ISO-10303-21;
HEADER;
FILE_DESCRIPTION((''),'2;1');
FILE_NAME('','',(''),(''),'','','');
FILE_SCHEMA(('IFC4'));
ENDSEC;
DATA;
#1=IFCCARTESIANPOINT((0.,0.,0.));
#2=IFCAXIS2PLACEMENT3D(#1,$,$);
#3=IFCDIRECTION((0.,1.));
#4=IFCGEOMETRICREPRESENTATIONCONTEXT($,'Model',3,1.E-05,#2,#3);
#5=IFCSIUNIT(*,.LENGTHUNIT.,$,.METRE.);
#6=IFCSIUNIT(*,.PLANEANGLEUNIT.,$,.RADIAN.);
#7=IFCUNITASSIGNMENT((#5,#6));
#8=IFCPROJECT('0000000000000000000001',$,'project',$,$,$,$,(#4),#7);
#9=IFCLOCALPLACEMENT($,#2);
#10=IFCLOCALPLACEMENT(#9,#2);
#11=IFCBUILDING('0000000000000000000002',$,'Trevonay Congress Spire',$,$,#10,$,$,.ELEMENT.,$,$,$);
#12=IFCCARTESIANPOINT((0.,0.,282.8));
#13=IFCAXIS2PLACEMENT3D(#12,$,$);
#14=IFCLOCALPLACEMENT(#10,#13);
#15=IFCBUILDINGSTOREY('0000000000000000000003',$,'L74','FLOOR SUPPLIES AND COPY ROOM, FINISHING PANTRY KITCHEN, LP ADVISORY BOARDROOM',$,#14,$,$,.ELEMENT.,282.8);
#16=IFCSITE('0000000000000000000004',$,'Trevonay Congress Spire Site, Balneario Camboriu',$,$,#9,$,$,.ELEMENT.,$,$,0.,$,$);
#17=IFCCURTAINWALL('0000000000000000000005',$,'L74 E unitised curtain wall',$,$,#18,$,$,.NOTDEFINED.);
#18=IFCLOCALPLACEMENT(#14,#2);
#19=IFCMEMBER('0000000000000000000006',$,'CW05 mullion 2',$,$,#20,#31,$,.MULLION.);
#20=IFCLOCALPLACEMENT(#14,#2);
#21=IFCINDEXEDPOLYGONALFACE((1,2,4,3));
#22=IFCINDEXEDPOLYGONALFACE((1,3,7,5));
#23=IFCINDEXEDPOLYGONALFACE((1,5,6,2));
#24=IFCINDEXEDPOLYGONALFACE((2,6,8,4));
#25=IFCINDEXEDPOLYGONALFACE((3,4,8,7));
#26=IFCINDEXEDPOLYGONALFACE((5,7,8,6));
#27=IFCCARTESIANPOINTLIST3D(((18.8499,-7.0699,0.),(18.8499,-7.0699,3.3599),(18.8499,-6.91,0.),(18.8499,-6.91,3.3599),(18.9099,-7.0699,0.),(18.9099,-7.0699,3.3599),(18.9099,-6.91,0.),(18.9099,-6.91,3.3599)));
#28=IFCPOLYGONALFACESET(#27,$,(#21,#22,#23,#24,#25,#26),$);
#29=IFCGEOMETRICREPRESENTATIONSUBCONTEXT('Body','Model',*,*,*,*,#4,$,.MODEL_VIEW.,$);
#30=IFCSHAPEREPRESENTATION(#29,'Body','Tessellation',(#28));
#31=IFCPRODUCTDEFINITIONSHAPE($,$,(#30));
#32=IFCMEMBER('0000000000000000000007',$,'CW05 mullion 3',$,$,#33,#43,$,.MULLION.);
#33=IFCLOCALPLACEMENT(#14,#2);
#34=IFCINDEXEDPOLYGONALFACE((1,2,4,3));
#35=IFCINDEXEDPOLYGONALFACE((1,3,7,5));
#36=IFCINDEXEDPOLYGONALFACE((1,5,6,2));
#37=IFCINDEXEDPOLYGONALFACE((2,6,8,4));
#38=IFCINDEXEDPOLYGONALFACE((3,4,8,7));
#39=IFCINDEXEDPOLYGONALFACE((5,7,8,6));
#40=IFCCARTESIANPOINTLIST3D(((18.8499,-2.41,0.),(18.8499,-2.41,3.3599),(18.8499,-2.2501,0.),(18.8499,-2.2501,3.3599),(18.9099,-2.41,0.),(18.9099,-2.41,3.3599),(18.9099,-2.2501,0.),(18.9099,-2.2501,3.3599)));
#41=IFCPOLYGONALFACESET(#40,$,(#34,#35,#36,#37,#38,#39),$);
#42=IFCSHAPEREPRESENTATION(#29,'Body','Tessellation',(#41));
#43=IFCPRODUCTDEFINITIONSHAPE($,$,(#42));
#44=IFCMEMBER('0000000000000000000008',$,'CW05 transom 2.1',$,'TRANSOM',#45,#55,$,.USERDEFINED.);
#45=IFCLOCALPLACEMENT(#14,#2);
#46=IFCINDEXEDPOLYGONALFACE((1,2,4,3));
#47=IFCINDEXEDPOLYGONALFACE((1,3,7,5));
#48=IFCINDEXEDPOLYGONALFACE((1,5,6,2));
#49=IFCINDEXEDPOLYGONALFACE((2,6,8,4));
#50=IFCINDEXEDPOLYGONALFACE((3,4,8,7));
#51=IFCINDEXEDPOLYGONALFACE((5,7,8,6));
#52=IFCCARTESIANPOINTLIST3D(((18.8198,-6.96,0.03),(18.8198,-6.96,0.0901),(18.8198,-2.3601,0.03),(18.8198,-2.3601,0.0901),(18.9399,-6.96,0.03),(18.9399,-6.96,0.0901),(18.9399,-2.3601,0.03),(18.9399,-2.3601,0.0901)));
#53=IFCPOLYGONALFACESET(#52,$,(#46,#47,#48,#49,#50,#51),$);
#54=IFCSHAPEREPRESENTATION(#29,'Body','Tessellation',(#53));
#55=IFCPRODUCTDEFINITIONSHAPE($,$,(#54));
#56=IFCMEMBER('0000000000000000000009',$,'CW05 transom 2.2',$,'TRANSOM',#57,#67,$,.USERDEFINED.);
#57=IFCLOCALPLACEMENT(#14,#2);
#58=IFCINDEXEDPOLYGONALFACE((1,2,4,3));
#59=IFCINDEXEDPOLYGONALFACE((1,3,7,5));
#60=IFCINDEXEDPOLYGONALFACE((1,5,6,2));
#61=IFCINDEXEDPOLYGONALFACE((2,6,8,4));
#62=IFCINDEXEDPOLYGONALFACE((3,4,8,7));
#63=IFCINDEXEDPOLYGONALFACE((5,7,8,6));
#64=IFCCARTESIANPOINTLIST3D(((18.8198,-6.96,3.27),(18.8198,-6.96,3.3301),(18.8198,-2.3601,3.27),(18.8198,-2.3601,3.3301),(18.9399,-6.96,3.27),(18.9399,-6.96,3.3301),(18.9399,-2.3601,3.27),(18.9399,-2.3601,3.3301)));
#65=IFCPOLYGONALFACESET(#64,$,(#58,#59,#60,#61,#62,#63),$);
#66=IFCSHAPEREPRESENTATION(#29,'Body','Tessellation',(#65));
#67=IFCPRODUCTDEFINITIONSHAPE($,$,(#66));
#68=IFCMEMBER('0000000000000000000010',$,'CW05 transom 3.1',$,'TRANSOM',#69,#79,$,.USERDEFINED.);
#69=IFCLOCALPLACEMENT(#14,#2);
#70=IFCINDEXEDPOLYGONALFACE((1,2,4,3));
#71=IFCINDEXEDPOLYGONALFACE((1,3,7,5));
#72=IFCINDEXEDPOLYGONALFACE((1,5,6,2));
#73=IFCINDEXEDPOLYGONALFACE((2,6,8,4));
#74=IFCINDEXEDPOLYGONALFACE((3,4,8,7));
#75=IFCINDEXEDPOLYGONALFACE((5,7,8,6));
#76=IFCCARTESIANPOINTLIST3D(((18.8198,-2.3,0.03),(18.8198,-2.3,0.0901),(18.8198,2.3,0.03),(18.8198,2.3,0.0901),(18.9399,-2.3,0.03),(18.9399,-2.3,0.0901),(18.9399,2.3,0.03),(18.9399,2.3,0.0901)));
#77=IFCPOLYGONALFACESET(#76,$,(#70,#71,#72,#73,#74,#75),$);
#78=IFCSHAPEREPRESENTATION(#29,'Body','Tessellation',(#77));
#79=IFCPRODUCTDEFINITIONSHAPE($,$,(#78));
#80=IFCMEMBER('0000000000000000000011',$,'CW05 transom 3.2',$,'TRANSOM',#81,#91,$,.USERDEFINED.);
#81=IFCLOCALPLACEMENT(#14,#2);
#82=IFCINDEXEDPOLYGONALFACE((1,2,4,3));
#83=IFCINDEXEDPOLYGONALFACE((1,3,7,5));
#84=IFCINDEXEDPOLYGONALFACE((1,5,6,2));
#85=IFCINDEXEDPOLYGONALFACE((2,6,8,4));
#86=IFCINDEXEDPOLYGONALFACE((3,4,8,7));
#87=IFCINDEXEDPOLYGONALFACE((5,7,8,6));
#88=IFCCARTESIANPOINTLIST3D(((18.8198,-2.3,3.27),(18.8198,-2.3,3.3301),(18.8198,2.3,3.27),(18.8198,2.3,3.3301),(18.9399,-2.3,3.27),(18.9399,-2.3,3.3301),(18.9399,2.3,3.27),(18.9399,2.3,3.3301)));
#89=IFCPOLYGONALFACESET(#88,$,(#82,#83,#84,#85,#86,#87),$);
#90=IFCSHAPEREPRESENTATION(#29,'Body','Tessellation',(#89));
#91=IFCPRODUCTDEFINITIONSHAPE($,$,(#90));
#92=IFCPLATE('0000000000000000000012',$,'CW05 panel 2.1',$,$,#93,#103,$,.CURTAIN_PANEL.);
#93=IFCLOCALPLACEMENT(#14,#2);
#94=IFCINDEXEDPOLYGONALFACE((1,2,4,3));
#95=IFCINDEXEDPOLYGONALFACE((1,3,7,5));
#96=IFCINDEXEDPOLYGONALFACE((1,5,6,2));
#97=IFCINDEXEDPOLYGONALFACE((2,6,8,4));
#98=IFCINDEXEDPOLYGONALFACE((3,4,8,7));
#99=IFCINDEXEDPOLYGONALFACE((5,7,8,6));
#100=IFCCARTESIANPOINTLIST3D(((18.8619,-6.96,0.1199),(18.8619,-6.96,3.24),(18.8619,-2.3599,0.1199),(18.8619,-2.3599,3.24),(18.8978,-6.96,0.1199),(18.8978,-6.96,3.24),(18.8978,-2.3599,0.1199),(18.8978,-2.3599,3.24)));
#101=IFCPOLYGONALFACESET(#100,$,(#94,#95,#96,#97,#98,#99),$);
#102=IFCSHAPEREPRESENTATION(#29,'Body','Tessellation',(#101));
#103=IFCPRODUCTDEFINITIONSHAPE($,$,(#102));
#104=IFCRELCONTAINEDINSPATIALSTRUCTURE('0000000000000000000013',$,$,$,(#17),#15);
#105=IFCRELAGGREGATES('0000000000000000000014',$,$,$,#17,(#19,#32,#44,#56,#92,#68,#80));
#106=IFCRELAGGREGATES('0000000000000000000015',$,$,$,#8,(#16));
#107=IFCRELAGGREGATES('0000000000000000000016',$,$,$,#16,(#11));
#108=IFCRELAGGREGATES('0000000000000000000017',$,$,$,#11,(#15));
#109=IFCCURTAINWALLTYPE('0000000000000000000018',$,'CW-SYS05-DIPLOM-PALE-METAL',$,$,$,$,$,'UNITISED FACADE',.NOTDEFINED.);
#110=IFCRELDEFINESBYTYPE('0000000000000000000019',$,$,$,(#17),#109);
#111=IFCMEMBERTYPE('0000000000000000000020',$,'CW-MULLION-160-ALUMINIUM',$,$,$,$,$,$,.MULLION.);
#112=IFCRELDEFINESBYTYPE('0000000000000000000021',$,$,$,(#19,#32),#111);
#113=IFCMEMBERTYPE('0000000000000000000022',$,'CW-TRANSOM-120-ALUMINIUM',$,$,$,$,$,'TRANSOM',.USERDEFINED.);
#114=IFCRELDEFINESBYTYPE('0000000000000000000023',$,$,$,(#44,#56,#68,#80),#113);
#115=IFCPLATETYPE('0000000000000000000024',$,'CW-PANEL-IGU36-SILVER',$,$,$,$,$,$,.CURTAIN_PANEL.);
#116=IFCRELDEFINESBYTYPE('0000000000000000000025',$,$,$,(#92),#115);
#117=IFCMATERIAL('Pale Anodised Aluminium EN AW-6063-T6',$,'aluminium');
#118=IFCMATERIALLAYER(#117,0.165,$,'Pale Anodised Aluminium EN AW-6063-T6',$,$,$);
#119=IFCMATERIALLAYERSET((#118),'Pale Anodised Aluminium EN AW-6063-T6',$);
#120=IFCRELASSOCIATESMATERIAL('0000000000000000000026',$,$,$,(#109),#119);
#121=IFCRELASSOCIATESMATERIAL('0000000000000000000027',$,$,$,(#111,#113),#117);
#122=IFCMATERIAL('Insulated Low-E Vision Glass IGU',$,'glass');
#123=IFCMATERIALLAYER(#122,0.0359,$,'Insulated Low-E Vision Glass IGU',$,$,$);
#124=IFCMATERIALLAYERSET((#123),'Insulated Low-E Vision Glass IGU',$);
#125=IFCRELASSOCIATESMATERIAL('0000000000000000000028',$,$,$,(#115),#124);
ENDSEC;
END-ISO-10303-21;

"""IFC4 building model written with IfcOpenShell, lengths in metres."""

from ifc_helpers import new_model, si_unit, direction, frame, origin, origin_2d, place, context, subcontext, project, spatial, rectangle, extrude, material, layer, layer_set, material_profile, profile_set, type_object, element, aggregate, save


model = new_model("IFC4")

# Units and contexts
model_context = context("Model", 3, precision=1e-05, world=origin(), true_north=direction((0.0, 1.0)))
body_context = subcontext(model_context, "Body", "Model", "MODEL_VIEW")
ifc_project = project(units=[si_unit("LENGTHUNIT", "METRE"), si_unit("PLANEANGLEUNIT", "RADIAN")], contexts=[model_context])

# Site, building, storey
site_placement = place(None, origin())
site = spatial("IfcSite", under=ifc_project, at=site_placement, Name="Trevonay Congress Spire Site, Balneario Camboriu", CompositionType="ELEMENT", RefElevation=0.0)
building_placement = place(site_placement, origin())
building = spatial("IfcBuilding", under=site, at=building_placement, Name="Trevonay Congress Spire", CompositionType="ELEMENT")
storey_placement = place(building_placement, frame((0.0, 0.0, 282.8)))
storey = spatial("IfcBuildingStorey", under=building, at=storey_placement, Name="L74", Description="FLOOR SUPPLIES AND COPY ROOM, FINISHING PANTRY KITCHEN, LP ADVISORY BOARDROOM", CompositionType="ELEMENT", Elevation=282.8)

# Curtain wall, members, plate
ifc_material_1 = material(Name="Pale Anodised Aluminium EN AW-6063-T6", Category="aluminium")
ifc_layer_1 = layer(ifc_material_1, 0.165, Name="Pale Anodised Aluminium EN AW-6063-T6")
ifc_layer_set_1 = layer_set([ifc_layer_1], Name="Pale Anodised Aluminium EN AW-6063-T6")
curtain_wall_type = type_object("IfcCurtainWallType", Name="CW-SYS05-DIPLOM-PALE-METAL", ElementType="UNITISED FACADE", PredefinedType="NOTDEFINED", material=ifc_layer_set_1)
curtain_wall_placement = place(storey_placement, origin())
curtain_wall = element("IfcCurtainWall", 1, at=curtain_wall_placement, inside=storey, type_object=curtain_wall_type, Name="L74 E unitised curtain wall", PredefinedType="NOTDEFINED")
ifc_material_profile_1 = material_profile(ifc_material_1, rectangle(XDim=0.0601, YDim=0.1599, at=origin_2d()), Name="CW-MULLION-160-ALUMINIUM")
ifc_profile_set_1 = profile_set([ifc_material_profile_1], Name="Pale Anodised Aluminium EN AW-6063-T6")
member_type_1 = type_object("IfcMemberType", Name="CW-MULLION-160-ALUMINIUM", PredefinedType="MULLION", material=ifc_profile_set_1)
member_1_placement = place(storey_placement, frame((18.8799, -6.99, 0.0), z_axis=(0.0, 0.0, 1.0), x_axis=(-1.0, 0.0, 0.0)))
member_1 = element("IfcMember", 2, at=member_1_placement, type_object=member_type_1, Name="CW05 mullion 2", PredefinedType="MULLION", context=body_context, shape_type="SweptSolid", body=[
    extrude(rectangle(XDim=0.0601, YDim=0.1599, at=origin_2d()), origin(), (0.0, 0.0, 1.0), 3.3599),
])
member_2_placement = place(storey_placement, frame((18.8799, -2.3301, 0.0), z_axis=(0.0, 0.0, 1.0), x_axis=(-1.0, 0.0, 0.0)))
member_2 = element("IfcMember", 3, at=member_2_placement, type_object=member_type_1, Name="CW05 mullion 3", PredefinedType="MULLION", context=body_context, shape_type="SweptSolid", body=[
    extrude(rectangle(XDim=0.0601, YDim=0.1599, at=origin_2d()), origin(), (0.0, 0.0, 1.0), 3.3599),
])
ifc_material_profile_2 = material_profile(ifc_material_1, rectangle(XDim=0.1201, YDim=0.0601, at=origin_2d()), Name="CW-TRANSOM-120-ALUMINIUM")
ifc_profile_set_2 = profile_set([ifc_material_profile_2], Name="Pale Anodised Aluminium EN AW-6063-T6")
member_type_2 = type_object("IfcMemberType", Name="CW-TRANSOM-120-ALUMINIUM", ElementType="TRANSOM", PredefinedType="USERDEFINED", material=ifc_profile_set_2)
member_3_placement = place(storey_placement, frame((18.8799, -6.96, 0.0601), z_axis=(0.0, 1.0, 0.0), x_axis=(-1.0, 0.0, 0.0)))
member_3 = element("IfcMember", 4, at=member_3_placement, type_object=member_type_2, Name="CW05 transom 2.1", ObjectType="TRANSOM", PredefinedType="USERDEFINED", context=body_context, shape_type="SweptSolid", body=[
    extrude(rectangle(XDim=0.1201, YDim=0.0601, at=origin_2d()), origin(), (0.0, 0.0, 1.0), 4.5999),
])
member_4_placement = place(storey_placement, frame((18.8799, -6.96, 3.3), z_axis=(0.0, 1.0, 0.0), x_axis=(-1.0, 0.0, 0.0)))
member_4 = element("IfcMember", 5, at=member_4_placement, type_object=member_type_2, Name="CW05 transom 2.2", ObjectType="TRANSOM", PredefinedType="USERDEFINED", context=body_context, shape_type="SweptSolid", body=[
    extrude(rectangle(XDim=0.1201, YDim=0.0601, at=origin_2d()), origin(), (0.0, 0.0, 1.0), 4.5999),
])
member_5_placement = place(storey_placement, frame((18.8799, -2.3, 0.0601), z_axis=(0.0, 1.0, 0.0), x_axis=(-1.0, 0.0, 0.0)))
member_5 = element("IfcMember", 6, at=member_5_placement, type_object=member_type_2, Name="CW05 transom 3.1", ObjectType="TRANSOM", PredefinedType="USERDEFINED", context=body_context, shape_type="SweptSolid", body=[
    extrude(rectangle(XDim=0.1201, YDim=0.0601, at=origin_2d()), origin(), (0.0, 0.0, 1.0), 4.6001),
])
member_6_placement = place(storey_placement, frame((18.8799, -2.3, 3.3), z_axis=(0.0, 1.0, 0.0), x_axis=(-1.0, 0.0, 0.0)))
member_6 = element("IfcMember", 7, at=member_6_placement, type_object=member_type_2, Name="CW05 transom 3.2", ObjectType="TRANSOM", PredefinedType="USERDEFINED", context=body_context, shape_type="SweptSolid", body=[
    extrude(rectangle(XDim=0.1201, YDim=0.0601, at=origin_2d()), origin(), (0.0, 0.0, 1.0), 4.6001),
])
ifc_material_2 = material(Name="Insulated Low-E Vision Glass IGU", Category="glass")
ifc_layer_2 = layer(ifc_material_2, 0.0359, Name="Insulated Low-E Vision Glass IGU")
ifc_layer_set_2 = layer_set([ifc_layer_2], Name="Insulated Low-E Vision Glass IGU")
plate_type = type_object("IfcPlateType", Name="CW-PANEL-IGU36-SILVER", PredefinedType="CURTAIN_PANEL", material=ifc_layer_set_2)
plate_placement = place(storey_placement, frame((18.8799, -4.6599, 0.1199), z_axis=(0.0, 0.0, 1.0), x_axis=(0.0, 1.0, 0.0)))
plate = element("IfcPlate", 8, at=plate_placement, type_object=plate_type, Name="CW05 panel 2.1", PredefinedType="CURTAIN_PANEL", context=body_context, shape_type="SweptSolid", body=[
    extrude(rectangle(XDim=4.6001, YDim=0.0359, at=origin_2d()), origin(), (0.0, 0.0, 1.0), 3.1201),
])
aggregate(curtain_wall, [member_1, member_2, member_3, member_4, plate, member_5, member_6])

save(model, "model.ifc")
